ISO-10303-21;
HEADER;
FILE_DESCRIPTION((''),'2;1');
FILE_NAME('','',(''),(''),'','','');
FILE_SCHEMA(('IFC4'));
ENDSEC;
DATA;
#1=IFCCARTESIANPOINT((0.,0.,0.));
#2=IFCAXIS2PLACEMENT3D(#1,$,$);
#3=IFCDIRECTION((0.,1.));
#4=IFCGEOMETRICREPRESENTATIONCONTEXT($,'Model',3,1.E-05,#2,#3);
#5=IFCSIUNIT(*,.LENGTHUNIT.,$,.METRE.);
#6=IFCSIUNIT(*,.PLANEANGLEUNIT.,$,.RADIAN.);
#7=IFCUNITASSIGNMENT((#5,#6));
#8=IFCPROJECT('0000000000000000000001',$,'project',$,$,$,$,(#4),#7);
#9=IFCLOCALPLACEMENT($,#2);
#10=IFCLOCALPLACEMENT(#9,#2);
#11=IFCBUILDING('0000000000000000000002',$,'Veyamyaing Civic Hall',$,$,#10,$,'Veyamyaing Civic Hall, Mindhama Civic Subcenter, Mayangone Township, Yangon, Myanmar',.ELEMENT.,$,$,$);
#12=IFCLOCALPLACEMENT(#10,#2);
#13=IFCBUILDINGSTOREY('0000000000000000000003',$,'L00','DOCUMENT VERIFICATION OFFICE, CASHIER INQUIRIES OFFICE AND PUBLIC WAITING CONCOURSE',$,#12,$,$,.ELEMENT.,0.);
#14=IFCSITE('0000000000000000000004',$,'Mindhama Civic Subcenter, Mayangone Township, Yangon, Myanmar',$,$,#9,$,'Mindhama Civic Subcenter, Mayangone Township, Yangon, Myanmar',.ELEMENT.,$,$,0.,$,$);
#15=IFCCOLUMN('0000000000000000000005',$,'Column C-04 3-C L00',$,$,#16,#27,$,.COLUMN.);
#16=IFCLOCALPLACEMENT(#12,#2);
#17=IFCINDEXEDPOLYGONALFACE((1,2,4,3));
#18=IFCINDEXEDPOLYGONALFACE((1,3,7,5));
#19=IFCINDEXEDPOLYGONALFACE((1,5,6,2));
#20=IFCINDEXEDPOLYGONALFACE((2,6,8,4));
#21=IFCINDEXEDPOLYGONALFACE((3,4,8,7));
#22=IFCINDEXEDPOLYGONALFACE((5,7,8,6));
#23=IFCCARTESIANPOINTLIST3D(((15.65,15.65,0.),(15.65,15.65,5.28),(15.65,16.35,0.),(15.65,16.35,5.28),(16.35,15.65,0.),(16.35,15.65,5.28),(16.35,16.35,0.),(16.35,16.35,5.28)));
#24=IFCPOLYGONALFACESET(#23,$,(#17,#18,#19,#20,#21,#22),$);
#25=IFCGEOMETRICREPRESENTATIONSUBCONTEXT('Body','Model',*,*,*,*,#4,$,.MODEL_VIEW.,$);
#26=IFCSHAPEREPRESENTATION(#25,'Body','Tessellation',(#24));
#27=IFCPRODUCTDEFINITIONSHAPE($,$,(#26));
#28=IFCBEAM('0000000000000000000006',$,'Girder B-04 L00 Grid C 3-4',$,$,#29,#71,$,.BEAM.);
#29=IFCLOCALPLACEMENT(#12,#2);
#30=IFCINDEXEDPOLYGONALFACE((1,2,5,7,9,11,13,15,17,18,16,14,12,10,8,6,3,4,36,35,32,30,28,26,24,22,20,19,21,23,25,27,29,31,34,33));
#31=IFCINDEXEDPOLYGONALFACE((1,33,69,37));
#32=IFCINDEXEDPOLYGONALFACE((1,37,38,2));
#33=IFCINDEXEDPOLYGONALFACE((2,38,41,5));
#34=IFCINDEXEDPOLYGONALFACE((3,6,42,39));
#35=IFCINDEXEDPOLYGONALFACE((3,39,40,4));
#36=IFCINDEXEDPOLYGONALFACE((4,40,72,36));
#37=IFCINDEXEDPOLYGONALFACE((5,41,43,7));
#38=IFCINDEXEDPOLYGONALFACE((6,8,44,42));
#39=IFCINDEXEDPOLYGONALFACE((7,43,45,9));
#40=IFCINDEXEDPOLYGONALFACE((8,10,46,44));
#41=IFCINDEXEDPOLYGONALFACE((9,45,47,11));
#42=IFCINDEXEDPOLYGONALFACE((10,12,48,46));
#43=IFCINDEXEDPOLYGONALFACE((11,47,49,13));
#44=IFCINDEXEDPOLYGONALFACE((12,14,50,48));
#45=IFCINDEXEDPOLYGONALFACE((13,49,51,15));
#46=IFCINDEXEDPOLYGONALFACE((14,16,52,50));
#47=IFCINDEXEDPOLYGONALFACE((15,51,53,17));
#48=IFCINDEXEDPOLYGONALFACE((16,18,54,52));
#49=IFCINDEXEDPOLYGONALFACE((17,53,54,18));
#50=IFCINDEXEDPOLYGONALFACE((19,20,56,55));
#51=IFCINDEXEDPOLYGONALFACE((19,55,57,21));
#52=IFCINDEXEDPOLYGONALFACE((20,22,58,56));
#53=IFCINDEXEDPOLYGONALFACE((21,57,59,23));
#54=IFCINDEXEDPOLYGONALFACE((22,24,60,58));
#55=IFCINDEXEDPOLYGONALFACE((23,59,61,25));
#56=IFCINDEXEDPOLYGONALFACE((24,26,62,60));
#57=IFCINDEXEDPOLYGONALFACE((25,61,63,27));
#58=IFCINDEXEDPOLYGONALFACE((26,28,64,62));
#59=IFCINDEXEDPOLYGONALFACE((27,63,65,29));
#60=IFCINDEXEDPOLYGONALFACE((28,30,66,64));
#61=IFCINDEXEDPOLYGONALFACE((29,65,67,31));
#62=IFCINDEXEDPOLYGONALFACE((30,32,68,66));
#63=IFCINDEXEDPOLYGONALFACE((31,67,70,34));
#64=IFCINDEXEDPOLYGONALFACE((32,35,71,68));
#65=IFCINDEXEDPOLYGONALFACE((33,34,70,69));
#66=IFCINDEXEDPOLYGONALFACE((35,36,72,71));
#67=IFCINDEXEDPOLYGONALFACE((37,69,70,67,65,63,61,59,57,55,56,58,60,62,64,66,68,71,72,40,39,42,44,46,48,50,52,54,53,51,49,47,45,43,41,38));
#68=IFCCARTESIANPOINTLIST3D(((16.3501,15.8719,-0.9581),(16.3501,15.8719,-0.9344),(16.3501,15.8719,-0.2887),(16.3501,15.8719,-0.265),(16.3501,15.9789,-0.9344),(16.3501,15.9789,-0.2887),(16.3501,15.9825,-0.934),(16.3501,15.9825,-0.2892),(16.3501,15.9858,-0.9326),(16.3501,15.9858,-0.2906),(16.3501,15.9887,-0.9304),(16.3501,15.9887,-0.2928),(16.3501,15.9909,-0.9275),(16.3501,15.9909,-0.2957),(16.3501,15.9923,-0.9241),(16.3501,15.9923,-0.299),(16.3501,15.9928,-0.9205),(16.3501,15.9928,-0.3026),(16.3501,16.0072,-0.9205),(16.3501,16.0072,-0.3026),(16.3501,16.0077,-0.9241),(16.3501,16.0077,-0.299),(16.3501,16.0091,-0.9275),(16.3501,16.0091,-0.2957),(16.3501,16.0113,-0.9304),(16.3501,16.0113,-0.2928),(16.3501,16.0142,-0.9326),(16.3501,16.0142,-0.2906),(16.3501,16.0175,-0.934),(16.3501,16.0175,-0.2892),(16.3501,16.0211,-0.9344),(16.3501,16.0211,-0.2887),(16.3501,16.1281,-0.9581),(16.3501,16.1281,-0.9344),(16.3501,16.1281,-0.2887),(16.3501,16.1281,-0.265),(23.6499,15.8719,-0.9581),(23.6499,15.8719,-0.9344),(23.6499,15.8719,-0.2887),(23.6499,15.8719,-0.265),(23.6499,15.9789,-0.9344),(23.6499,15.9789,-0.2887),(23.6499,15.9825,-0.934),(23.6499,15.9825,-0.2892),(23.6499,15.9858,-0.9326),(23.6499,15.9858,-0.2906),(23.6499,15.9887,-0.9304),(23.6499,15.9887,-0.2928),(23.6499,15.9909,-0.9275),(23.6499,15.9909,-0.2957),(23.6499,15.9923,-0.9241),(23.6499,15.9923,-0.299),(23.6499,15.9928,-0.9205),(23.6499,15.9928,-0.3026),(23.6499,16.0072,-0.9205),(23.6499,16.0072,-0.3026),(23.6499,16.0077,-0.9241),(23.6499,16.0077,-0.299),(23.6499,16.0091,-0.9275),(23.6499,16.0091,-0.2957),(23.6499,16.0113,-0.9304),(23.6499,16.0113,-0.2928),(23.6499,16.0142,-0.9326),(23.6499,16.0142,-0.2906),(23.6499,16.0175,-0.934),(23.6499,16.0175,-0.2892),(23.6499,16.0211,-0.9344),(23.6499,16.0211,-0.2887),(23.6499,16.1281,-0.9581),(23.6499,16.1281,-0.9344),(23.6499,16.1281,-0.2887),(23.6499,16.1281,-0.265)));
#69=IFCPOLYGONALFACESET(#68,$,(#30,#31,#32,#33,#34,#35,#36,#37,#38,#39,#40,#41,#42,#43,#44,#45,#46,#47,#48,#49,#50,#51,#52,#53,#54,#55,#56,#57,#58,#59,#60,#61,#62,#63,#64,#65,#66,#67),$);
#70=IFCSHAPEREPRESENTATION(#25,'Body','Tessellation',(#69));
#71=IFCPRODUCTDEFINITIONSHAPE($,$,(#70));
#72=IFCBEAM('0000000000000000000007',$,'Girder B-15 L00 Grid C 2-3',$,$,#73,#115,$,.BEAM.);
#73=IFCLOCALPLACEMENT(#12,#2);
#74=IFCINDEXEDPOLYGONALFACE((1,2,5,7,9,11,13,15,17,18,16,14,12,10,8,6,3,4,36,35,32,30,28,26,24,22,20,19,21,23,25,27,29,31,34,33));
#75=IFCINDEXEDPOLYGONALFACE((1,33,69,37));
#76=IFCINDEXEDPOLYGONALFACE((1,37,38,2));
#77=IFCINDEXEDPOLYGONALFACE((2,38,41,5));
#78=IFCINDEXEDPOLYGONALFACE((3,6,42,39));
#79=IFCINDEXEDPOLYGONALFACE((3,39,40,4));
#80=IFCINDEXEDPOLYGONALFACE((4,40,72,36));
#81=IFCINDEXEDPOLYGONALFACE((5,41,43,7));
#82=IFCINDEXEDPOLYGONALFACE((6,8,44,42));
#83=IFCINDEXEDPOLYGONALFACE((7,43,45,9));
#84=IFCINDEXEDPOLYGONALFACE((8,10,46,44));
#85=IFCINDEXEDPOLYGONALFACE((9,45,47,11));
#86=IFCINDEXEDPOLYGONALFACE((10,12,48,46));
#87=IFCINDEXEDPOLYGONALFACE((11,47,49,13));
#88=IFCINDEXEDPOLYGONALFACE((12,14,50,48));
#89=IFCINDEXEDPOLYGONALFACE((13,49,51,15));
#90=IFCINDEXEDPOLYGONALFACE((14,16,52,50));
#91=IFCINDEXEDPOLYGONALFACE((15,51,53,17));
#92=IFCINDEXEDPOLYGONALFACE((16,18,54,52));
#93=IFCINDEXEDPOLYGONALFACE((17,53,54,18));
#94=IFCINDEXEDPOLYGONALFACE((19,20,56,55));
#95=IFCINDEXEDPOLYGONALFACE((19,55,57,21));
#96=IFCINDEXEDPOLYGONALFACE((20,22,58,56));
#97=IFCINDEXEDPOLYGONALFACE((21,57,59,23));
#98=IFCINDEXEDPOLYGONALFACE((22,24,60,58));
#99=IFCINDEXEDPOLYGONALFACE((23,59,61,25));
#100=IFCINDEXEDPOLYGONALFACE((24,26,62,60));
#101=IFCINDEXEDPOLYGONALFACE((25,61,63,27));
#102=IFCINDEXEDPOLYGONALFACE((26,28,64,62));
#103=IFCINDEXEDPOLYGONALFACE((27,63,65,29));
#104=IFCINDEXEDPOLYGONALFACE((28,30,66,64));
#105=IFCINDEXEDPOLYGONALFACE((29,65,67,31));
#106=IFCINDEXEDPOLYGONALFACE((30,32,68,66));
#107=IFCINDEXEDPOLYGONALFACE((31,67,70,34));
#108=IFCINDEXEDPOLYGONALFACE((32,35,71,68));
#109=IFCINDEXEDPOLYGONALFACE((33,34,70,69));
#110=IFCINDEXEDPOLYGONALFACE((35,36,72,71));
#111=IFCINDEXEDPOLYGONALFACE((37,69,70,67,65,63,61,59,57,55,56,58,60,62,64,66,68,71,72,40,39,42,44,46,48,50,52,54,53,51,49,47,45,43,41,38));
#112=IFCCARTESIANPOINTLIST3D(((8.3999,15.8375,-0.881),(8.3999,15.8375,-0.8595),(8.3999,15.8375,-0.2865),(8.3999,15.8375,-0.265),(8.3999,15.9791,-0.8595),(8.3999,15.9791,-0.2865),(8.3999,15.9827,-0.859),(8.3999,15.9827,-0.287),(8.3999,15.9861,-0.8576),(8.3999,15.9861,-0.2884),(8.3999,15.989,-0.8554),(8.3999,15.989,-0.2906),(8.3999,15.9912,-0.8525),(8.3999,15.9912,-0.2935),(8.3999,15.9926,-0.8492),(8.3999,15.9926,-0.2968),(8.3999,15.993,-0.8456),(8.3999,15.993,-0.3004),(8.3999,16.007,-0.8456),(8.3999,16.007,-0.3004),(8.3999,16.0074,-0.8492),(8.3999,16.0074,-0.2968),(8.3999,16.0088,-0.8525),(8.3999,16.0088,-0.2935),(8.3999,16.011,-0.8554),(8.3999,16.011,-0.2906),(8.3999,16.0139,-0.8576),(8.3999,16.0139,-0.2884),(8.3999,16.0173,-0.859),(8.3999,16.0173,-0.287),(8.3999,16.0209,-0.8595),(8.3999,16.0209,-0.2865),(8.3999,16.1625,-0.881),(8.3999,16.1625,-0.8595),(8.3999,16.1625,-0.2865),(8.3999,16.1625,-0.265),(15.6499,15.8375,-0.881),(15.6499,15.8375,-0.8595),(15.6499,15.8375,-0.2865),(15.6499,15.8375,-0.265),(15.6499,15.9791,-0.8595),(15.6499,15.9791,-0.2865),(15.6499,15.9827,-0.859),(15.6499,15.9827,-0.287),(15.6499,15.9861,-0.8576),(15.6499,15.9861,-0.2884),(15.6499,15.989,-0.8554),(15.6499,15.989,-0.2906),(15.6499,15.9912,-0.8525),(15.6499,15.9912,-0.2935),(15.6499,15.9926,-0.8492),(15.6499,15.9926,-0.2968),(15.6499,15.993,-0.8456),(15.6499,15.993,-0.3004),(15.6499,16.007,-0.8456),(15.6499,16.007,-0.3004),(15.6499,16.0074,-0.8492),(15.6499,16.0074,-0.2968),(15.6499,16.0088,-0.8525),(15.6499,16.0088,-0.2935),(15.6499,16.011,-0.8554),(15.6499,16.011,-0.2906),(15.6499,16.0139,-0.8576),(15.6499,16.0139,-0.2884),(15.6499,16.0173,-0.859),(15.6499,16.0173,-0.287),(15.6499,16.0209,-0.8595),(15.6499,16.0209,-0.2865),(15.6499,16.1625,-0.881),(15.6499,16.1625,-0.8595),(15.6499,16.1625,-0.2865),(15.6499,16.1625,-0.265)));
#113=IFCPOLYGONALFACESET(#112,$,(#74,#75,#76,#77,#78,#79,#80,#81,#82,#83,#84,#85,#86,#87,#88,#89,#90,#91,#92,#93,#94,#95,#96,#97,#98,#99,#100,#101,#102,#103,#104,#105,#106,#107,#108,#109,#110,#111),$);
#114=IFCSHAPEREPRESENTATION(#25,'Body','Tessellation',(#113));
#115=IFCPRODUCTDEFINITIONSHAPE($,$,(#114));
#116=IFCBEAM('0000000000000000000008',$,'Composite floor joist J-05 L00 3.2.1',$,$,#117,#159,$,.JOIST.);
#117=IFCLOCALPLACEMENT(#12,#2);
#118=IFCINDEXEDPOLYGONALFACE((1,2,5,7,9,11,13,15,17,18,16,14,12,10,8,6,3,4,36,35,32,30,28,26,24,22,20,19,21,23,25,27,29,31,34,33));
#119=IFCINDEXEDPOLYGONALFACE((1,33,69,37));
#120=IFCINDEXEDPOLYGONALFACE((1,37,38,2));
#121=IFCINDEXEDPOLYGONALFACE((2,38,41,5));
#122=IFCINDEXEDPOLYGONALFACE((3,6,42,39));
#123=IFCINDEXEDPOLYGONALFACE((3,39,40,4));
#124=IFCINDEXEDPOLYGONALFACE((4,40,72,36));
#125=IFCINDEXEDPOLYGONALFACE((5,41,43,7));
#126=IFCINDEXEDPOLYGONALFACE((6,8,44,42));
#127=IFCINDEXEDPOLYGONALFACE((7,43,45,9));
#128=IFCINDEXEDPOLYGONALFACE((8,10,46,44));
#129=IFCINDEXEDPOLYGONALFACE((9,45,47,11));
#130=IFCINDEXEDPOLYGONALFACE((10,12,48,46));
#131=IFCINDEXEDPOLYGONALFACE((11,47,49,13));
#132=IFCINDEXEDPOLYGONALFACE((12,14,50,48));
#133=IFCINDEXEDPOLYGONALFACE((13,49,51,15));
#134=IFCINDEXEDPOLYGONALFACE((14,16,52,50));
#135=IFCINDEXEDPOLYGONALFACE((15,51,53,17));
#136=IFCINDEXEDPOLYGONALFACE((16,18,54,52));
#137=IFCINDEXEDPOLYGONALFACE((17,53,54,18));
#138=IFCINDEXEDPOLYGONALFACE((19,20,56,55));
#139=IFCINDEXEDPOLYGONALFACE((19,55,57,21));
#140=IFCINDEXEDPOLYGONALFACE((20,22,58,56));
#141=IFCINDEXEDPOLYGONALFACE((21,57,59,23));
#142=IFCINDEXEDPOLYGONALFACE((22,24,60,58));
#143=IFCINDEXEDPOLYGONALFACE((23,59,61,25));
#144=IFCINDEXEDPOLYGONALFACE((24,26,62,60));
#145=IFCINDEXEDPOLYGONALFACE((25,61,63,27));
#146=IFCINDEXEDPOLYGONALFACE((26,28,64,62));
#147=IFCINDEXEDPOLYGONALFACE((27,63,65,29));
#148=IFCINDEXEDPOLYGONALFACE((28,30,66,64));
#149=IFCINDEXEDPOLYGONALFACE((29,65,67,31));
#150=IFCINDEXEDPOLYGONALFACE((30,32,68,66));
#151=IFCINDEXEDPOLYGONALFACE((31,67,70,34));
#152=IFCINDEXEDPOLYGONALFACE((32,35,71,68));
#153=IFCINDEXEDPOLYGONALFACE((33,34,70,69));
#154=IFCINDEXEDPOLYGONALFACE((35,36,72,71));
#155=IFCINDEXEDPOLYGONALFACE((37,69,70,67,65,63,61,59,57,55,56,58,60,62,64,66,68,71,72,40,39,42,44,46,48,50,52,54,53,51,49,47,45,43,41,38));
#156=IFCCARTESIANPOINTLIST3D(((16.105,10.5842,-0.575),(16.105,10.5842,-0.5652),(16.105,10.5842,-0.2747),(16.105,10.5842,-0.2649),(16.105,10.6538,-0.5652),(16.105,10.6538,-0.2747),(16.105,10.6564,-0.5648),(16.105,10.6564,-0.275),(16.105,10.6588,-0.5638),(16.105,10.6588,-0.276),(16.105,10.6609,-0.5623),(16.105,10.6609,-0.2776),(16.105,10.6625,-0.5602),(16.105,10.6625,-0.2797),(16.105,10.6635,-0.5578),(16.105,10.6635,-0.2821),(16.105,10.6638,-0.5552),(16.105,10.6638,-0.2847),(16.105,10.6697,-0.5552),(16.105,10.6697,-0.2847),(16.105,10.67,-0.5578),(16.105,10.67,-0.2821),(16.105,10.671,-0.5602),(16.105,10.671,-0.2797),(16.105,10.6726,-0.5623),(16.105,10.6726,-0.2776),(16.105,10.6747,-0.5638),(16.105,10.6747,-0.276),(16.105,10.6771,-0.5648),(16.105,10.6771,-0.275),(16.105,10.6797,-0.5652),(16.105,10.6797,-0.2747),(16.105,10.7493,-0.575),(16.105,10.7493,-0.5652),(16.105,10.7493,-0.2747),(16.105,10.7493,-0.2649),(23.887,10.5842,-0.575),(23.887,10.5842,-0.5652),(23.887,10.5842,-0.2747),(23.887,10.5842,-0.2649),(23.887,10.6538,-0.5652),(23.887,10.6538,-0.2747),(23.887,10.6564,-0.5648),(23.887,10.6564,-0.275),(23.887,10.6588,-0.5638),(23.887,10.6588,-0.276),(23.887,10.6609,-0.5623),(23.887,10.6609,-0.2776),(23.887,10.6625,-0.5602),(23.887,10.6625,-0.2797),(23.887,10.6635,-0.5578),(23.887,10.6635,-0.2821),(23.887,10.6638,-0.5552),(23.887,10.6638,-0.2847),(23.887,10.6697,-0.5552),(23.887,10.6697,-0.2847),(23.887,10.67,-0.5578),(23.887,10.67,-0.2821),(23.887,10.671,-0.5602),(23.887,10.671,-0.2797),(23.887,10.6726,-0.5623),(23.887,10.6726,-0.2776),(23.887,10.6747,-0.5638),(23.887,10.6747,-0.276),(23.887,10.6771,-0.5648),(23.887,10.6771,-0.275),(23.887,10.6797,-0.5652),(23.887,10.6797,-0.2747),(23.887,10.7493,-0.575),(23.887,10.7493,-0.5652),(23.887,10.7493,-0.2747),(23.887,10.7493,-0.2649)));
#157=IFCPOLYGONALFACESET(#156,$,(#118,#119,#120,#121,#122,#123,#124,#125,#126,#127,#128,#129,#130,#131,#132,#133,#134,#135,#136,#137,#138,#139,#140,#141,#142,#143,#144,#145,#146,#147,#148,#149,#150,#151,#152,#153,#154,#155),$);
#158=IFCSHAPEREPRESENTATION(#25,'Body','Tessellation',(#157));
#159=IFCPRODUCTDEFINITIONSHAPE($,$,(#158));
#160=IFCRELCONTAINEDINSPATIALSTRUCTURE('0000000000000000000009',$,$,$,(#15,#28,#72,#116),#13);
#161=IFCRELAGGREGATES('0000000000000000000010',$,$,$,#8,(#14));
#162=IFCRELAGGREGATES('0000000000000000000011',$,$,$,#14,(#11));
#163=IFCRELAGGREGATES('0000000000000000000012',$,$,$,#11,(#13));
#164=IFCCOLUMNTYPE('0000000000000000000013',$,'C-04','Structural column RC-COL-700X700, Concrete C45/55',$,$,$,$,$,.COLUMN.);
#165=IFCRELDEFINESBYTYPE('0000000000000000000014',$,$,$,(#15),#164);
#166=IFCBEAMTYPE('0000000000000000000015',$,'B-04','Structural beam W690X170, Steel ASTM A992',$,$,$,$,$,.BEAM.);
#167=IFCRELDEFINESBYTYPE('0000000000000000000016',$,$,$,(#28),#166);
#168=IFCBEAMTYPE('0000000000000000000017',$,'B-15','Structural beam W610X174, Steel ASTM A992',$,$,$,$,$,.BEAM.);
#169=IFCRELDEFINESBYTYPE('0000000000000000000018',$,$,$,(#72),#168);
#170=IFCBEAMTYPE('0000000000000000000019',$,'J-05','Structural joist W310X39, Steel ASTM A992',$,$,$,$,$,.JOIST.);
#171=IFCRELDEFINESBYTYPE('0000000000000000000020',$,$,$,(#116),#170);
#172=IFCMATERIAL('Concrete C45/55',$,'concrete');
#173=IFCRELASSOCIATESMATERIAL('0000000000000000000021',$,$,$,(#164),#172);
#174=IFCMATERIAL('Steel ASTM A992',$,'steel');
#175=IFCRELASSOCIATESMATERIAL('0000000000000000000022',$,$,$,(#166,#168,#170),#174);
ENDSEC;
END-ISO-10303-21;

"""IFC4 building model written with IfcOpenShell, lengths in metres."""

from ifc_helpers import new_model, si_unit, direction, frame, origin, origin_2d, place, context, subcontext, project, spatial, rectangle, i_section, extrude, material, material_profile, profile_set, type_object, element, save


model = new_model("IFC4")

# Units and contexts
model_context = context("Model", 3, precision=1e-05, world=origin(), true_north=direction((0.0, 1.0)))
body_context = subcontext(model_context, "Body", "Model", "MODEL_VIEW")
ifc_project = project(units=[si_unit("LENGTHUNIT", "METRE"), si_unit("PLANEANGLEUNIT", "RADIAN")], contexts=[model_context])

# Site, building, storey
site_placement = place(None, origin())
site = spatial("IfcSite", under=ifc_project, at=site_placement, Name="Mindhama Civic Subcenter, Mayangone Township, Yangon, Myanmar", LongName="Mindhama Civic Subcenter, Mayangone Township, Yangon, Myanmar", CompositionType="ELEMENT", RefElevation=0.0)
building_placement = place(site_placement, origin())
building = spatial("IfcBuilding", under=site, at=building_placement, Name="Veyamyaing Civic Hall", LongName="Veyamyaing Civic Hall, Mindhama Civic Subcenter, Mayangone Township, Yangon, Myanmar", CompositionType="ELEMENT")
storey_placement = place(building_placement, origin())
storey = spatial("IfcBuildingStorey", under=building, at=storey_placement, Name="L00", Description="DOCUMENT VERIFICATION OFFICE, CASHIER INQUIRIES OFFICE AND PUBLIC WAITING CONCOURSE", CompositionType="ELEMENT", Elevation=0.0)

# Column
ifc_material_1 = material(Name="Concrete C45/55", Category="concrete")
ifc_material_profile_1 = material_profile(ifc_material_1, rectangle(XDim=0.7, YDim=0.7, at=origin_2d()), Name="RC-COL-700X700")
ifc_profile_set_1 = profile_set([ifc_material_profile_1], Name="Concrete C45/55")
column_type = type_object("IfcColumnType", Name="C-04", Description="Structural column RC-COL-700X700, Concrete C45/55", PredefinedType="COLUMN", material=ifc_profile_set_1)
column_placement = place(storey_placement, frame((16.0, 16.0, 0.0), z_axis=(0.0, 0.0, 1.0), x_axis=(1.0, 0.0, 0.0)))
element("IfcColumn", 1, at=column_placement, inside=storey, type_object=column_type, Name="Column C-04 3-C L00", PredefinedType="COLUMN", context=body_context, shape_type="SweptSolid", body=[
    extrude(rectangle(XDim=0.7, YDim=0.7, at=origin_2d()), origin(), (0.0, 0.0, 1.0), 5.28),
])

# Beams
ifc_material_2 = material(Name="Steel ASTM A992", Category="steel")
ifc_material_profile_2 = material_profile(ifc_material_2, i_section(OverallWidth=0.2561, OverallDepth=0.6931, WebThickness=0.0144, FlangeThickness=0.0237, FilletRadius=0.0139, at=origin_2d()), Name="W690X170")
ifc_profile_set_2 = profile_set([ifc_material_profile_2], Name="Steel ASTM A992")
beam_type_1 = type_object("IfcBeamType", Name="B-04", Description="Structural beam W690X170, Steel ASTM A992", PredefinedType="BEAM", material=ifc_profile_set_2)
beam_1_placement = place(storey_placement, frame((16.3501, 16.0, -0.6116), z_axis=(1.0, 0.0, 0.0), x_axis=(0.0, 1.0, 0.0)))
element("IfcBeam", 2, at=beam_1_placement, inside=storey, type_object=beam_type_1, Name="Girder B-04 L00 Grid C 3-4", PredefinedType="BEAM", context=body_context, shape_type="SweptSolid", body=[
    extrude(i_section(OverallWidth=0.2561, OverallDepth=0.6931, WebThickness=0.0144, FlangeThickness=0.0237, FilletRadius=0.0139, at=origin_2d()), origin(), (0.0, 0.0, 1.0), 7.2998),
])
ifc_material_profile_3 = material_profile(ifc_material_2, i_section(OverallWidth=0.325, OverallDepth=0.616, WebThickness=0.0139, FlangeThickness=0.0215, FilletRadius=0.0139, at=origin_2d()), Name="W610X174")
ifc_profile_set_3 = profile_set([ifc_material_profile_3], Name="Steel ASTM A992")
beam_type_2 = type_object("IfcBeamType", Name="B-15", Description="Structural beam W610X174, Steel ASTM A992", PredefinedType="BEAM", material=ifc_profile_set_3)
beam_2_placement = place(storey_placement, frame((8.3999, 16.0, -0.573), z_axis=(1.0, 0.0, 0.0), x_axis=(0.0, 1.0, 0.0)))
element("IfcBeam", 3, at=beam_2_placement, inside=storey, type_object=beam_type_2, Name="Girder B-15 L00 Grid C 2-3", PredefinedType="BEAM", context=body_context, shape_type="SweptSolid", body=[
    extrude(i_section(OverallWidth=0.325, OverallDepth=0.616, WebThickness=0.0139, FlangeThickness=0.0215, FilletRadius=0.0139, at=origin_2d()), origin(), (0.0, 0.0, 1.0), 7.25),
])
ifc_material_profile_4 = material_profile(ifc_material_2, i_section(OverallWidth=0.165, OverallDepth=0.3101, WebThickness=0.0059, FlangeThickness=0.0098, FilletRadius=0.01, at=origin_2d()), Name="W310X39")
ifc_profile_set_4 = profile_set([ifc_material_profile_4], Name="Steel ASTM A992")
beam_type_3 = type_object("IfcBeamType", Name="J-05", Description="Structural joist W310X39, Steel ASTM A992", PredefinedType="JOIST", material=ifc_profile_set_4)
for number, where, z_axis, x_axis, name in (
    (4, (16.105, 10.6667, -0.4199), (1.0, 0.0, 0.0), (0.0, 1.0, 0.0), "Composite floor joist J-05 L00 3.2.1"),
):
    element("IfcBeam", number, at=place(storey_placement, frame(where, z_axis=z_axis, x_axis=x_axis)), inside=storey, type_object=beam_type_3, Name=name, PredefinedType="JOIST", context=body_context, shape_type="SweptSolid", body=[
        extrude(i_section(OverallWidth=0.165, OverallDepth=0.3101, WebThickness=0.0059, FlangeThickness=0.0098, FilletRadius=0.01, at=origin_2d()), origin(), (0.0, 0.0, 1.0), 7.782),
    ])

save(model, "model.ifc")
